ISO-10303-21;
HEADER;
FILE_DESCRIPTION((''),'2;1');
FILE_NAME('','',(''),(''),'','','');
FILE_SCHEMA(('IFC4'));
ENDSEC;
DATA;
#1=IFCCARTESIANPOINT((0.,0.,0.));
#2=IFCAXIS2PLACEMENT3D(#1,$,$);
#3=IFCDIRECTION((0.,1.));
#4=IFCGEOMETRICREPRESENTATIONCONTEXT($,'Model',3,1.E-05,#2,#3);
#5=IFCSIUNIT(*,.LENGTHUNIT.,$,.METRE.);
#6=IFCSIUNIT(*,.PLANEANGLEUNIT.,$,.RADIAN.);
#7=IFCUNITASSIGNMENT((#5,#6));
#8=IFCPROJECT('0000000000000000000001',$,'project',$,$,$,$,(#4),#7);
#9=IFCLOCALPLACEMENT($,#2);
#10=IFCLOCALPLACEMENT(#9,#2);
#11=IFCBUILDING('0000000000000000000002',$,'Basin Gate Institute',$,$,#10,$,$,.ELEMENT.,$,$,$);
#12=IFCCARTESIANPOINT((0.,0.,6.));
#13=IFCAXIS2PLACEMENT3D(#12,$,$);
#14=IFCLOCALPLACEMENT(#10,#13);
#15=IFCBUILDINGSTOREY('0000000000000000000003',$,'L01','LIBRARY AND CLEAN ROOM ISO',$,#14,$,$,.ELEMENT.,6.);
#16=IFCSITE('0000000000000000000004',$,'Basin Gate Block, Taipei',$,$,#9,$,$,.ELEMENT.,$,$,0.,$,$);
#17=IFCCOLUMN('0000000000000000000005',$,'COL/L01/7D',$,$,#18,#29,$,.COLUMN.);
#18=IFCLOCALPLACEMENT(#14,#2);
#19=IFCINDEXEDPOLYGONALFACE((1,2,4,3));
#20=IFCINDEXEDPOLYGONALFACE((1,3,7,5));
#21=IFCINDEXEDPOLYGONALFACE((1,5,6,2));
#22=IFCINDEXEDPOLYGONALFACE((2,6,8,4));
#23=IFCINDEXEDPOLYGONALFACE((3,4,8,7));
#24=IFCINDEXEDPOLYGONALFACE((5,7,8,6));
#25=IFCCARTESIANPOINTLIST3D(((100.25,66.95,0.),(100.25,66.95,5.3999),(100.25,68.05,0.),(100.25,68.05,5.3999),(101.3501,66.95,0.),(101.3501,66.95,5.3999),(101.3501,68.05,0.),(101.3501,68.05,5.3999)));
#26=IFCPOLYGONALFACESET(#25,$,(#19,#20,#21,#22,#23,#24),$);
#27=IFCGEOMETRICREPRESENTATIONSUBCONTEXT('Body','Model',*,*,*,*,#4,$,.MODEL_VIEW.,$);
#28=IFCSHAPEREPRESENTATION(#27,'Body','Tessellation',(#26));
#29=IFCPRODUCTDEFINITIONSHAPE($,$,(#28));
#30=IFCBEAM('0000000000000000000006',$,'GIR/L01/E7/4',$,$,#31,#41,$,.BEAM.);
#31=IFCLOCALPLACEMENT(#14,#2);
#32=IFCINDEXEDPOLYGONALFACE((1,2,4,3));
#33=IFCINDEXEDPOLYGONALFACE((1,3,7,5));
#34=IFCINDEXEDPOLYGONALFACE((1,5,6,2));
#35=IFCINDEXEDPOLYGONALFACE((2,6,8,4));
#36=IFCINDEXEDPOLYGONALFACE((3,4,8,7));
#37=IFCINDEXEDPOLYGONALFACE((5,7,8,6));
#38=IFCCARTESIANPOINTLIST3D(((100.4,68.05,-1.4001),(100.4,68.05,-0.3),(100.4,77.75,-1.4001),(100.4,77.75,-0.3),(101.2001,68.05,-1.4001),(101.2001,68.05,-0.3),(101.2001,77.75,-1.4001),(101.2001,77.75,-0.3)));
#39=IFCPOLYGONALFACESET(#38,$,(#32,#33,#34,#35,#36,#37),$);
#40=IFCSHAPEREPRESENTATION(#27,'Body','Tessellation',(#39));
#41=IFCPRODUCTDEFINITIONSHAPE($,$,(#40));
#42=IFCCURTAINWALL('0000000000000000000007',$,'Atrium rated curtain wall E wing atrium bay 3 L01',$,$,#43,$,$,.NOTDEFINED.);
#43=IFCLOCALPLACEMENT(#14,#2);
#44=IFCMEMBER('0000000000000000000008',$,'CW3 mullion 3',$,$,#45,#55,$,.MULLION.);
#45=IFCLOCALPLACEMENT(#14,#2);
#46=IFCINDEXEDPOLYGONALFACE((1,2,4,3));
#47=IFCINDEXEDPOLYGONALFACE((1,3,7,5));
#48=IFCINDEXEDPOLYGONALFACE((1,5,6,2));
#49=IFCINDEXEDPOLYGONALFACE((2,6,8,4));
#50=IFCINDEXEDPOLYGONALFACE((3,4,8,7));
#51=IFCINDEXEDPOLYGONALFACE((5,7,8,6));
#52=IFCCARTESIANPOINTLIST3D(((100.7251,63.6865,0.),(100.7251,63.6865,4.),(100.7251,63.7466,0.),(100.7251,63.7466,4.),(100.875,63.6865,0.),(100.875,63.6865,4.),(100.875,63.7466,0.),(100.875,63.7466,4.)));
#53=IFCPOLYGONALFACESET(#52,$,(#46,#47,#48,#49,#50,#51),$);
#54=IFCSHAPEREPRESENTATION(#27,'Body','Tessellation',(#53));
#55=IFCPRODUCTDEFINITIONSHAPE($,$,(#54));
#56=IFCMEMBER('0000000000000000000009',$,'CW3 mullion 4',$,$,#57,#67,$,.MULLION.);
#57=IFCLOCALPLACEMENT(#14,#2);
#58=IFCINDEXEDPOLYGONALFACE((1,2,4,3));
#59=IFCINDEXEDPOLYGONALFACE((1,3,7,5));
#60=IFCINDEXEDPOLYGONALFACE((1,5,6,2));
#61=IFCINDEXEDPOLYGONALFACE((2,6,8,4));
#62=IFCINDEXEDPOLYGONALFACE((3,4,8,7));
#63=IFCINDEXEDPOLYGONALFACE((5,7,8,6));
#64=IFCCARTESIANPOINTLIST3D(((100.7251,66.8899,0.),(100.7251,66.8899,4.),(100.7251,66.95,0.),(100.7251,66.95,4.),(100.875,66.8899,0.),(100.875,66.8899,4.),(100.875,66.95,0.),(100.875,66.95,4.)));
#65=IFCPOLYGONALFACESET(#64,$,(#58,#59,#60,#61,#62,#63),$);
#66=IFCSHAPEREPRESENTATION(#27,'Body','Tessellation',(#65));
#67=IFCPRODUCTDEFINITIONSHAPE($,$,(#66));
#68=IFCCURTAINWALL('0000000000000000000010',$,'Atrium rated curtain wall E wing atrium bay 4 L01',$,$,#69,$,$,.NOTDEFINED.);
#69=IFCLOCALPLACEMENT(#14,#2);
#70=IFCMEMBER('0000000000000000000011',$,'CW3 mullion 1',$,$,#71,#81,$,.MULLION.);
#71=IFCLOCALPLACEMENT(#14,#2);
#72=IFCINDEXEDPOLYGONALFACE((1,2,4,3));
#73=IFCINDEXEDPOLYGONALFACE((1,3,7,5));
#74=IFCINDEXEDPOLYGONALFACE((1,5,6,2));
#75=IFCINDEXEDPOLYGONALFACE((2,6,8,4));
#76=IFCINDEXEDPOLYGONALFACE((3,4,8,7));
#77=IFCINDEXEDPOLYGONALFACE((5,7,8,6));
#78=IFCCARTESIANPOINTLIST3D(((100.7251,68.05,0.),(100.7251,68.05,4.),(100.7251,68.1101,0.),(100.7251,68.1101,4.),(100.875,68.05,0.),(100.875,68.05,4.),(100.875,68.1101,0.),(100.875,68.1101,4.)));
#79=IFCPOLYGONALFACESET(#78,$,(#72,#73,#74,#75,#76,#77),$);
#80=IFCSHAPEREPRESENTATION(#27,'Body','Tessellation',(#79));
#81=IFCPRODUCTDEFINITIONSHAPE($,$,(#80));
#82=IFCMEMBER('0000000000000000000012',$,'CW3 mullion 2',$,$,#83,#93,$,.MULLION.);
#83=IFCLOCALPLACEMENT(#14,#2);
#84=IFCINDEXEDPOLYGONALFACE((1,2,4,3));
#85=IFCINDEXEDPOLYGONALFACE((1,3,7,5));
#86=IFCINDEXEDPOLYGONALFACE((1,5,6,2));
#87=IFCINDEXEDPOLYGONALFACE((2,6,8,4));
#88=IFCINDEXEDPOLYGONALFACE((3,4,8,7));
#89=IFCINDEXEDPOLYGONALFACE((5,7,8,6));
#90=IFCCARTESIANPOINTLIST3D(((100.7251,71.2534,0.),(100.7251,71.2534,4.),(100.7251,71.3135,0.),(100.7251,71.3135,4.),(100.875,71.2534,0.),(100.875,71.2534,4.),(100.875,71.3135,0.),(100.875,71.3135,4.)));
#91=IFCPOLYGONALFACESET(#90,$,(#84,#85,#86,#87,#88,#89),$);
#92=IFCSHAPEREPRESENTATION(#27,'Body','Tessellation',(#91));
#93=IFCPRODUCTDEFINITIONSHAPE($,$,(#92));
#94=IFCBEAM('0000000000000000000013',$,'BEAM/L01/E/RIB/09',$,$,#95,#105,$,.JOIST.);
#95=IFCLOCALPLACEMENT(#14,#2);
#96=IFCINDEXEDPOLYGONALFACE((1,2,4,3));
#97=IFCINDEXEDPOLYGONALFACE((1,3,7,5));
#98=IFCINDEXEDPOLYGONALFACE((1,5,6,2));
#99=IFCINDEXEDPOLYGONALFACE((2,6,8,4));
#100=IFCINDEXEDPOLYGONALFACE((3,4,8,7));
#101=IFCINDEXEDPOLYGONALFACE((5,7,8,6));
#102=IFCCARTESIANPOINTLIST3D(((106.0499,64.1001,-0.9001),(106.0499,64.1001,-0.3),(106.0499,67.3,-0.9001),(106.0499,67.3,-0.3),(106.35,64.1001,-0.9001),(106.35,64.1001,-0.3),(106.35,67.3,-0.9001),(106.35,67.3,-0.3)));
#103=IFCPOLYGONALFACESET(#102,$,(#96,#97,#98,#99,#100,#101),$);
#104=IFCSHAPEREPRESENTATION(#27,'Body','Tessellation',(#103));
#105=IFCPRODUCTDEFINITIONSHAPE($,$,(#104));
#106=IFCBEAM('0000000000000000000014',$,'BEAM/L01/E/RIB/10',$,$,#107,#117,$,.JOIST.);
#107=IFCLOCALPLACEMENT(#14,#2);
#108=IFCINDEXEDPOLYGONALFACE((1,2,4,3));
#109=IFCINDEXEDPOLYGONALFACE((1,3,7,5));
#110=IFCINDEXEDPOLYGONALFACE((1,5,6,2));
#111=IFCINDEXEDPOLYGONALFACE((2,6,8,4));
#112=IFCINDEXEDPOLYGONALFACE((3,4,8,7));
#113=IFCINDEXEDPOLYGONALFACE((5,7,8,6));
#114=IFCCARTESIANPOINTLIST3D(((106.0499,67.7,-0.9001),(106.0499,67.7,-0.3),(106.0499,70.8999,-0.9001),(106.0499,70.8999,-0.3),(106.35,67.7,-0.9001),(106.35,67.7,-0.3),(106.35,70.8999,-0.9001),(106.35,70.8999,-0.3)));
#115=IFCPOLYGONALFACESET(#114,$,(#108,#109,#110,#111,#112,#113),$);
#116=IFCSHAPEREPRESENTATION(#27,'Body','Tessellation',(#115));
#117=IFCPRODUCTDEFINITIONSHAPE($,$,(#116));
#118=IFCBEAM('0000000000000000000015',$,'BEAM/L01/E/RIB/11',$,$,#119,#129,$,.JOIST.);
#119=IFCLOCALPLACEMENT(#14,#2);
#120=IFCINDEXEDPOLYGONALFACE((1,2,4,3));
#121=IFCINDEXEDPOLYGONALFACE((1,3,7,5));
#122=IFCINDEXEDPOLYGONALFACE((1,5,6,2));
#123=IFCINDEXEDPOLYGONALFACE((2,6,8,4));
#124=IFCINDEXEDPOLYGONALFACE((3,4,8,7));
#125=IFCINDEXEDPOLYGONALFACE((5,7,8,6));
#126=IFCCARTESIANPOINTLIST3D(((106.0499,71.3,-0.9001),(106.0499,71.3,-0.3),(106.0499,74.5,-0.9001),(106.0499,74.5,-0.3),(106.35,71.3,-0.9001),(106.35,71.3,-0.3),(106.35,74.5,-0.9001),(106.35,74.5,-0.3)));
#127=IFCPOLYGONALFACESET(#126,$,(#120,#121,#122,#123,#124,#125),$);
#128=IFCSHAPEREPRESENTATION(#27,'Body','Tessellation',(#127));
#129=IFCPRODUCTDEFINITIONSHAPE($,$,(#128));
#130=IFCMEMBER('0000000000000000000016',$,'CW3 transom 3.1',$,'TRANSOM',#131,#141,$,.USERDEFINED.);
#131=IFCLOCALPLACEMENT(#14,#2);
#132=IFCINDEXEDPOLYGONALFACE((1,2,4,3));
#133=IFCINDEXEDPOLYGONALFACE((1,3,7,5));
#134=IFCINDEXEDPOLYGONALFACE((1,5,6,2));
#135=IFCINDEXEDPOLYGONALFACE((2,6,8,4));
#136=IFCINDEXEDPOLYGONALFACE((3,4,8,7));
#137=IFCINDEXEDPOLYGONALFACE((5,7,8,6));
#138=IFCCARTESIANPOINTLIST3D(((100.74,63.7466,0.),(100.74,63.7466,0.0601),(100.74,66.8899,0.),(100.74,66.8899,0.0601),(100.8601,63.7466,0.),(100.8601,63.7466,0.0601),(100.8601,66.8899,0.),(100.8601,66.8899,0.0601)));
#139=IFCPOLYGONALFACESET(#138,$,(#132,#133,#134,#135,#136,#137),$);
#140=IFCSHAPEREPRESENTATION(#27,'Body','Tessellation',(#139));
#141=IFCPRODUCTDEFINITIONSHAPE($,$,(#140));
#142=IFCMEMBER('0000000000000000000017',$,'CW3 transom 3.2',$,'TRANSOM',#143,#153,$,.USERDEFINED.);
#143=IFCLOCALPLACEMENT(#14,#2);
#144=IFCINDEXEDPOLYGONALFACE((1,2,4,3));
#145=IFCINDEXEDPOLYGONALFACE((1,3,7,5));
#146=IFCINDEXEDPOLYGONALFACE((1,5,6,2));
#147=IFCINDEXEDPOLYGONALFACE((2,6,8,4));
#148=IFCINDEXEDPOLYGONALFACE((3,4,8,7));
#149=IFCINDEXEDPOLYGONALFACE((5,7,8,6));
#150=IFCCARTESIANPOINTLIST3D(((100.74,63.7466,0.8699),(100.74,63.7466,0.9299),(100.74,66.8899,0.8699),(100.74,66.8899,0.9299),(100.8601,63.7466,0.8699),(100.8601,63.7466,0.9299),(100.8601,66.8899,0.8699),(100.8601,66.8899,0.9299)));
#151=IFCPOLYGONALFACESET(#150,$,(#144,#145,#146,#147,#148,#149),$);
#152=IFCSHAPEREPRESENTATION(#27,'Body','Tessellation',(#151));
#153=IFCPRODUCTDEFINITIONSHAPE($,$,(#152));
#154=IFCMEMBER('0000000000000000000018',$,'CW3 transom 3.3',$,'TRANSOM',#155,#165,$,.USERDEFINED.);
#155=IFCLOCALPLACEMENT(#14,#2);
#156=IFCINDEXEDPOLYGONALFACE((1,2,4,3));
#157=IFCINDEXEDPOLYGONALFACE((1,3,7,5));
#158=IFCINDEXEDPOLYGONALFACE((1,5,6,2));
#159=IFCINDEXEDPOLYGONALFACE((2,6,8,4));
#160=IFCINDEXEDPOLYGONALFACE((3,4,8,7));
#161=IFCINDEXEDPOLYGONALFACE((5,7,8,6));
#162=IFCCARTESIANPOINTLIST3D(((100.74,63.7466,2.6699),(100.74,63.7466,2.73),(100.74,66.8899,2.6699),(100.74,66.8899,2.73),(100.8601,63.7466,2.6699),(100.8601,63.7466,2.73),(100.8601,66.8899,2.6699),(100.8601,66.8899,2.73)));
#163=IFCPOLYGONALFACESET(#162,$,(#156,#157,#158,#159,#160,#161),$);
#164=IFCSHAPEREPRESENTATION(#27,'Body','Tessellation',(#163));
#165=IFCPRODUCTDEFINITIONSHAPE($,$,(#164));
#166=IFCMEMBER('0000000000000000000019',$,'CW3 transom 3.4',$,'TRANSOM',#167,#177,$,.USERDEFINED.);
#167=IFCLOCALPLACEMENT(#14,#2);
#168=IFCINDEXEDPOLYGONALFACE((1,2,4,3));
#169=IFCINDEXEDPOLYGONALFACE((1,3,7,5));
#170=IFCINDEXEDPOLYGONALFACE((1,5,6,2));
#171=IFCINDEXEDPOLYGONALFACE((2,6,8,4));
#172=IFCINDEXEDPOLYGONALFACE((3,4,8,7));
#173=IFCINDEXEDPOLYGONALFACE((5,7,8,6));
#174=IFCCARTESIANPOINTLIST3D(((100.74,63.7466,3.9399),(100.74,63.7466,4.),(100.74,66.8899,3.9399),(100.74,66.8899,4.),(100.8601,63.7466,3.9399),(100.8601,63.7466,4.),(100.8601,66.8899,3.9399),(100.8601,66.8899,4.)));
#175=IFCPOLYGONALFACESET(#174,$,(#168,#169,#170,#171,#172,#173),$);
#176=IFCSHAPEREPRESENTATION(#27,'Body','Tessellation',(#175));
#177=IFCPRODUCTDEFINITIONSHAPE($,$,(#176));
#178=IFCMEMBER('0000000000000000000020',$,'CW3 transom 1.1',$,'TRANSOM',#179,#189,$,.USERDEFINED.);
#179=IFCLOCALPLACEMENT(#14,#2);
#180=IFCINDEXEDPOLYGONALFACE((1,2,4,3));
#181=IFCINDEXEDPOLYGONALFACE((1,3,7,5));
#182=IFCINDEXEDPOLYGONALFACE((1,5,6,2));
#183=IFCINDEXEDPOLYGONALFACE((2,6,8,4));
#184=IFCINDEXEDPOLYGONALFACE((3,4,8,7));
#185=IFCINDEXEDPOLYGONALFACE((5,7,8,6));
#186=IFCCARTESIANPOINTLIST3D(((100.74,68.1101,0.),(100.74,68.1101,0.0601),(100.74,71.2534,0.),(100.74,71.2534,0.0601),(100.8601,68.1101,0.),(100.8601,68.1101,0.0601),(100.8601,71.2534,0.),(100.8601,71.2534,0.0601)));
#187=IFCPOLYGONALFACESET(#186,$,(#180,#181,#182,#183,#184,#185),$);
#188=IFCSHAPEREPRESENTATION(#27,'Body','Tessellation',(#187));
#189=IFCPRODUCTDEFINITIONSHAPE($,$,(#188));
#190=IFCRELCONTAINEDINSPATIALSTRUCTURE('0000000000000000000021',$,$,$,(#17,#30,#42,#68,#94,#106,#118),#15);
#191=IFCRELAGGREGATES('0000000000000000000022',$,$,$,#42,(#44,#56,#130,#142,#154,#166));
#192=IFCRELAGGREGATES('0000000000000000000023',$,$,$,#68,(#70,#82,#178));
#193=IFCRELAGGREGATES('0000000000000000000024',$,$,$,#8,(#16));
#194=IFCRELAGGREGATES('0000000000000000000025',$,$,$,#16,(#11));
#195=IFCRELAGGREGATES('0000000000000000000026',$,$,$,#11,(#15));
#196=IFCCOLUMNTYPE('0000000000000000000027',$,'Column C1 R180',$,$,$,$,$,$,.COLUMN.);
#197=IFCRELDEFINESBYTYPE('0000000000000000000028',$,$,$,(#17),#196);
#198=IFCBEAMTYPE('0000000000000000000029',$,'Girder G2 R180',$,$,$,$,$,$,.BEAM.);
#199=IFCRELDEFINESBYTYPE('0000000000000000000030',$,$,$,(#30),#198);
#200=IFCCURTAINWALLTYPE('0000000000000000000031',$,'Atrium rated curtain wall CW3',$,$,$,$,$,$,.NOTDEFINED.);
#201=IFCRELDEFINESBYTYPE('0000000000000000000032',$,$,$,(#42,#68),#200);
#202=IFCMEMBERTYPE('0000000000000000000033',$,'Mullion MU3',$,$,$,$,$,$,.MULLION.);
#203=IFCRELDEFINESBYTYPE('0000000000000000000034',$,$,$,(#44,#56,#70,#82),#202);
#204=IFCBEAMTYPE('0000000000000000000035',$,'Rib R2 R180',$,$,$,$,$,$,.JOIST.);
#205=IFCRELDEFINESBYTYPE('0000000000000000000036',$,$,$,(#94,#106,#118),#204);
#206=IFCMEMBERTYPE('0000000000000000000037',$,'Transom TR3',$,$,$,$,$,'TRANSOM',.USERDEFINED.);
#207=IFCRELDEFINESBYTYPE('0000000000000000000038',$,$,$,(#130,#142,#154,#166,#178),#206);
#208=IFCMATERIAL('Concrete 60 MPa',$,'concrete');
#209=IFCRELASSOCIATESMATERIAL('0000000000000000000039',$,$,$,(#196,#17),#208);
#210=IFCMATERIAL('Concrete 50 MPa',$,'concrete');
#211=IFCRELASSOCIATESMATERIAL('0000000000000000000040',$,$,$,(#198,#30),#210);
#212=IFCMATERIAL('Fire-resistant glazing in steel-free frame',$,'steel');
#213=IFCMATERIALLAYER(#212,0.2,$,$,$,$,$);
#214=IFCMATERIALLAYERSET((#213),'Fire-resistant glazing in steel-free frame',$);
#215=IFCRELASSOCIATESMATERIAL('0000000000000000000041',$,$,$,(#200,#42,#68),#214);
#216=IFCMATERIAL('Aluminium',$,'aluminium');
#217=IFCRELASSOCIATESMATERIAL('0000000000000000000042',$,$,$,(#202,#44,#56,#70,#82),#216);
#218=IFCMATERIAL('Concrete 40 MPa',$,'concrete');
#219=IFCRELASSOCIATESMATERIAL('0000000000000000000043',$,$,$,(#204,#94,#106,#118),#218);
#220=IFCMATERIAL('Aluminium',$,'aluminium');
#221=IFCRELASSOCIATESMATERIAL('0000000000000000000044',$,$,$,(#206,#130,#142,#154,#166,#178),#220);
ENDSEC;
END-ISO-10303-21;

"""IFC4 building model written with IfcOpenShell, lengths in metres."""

from ifc_helpers import new_model, si_unit, direction, frame, origin, origin_2d, place, context, subcontext, project, spatial, rectangle, extrude, material, layer, layer_set, material_profile, profile_set, type_object, element, aggregate, save


model = new_model("IFC4")

# Units and contexts
model_context = context("Model", 3, precision=1e-05, world=origin(), true_north=direction((0.0, 1.0)))
body_context = subcontext(model_context, "Body", "Model", "MODEL_VIEW")
ifc_project = project(units=[si_unit("LENGTHUNIT", "METRE"), si_unit("PLANEANGLEUNIT", "RADIAN")], contexts=[model_context])

# Site, building, storey
site_placement = place(None, origin())
site = spatial("IfcSite", under=ifc_project, at=site_placement, Name="Basin Gate Block, Taipei", CompositionType="ELEMENT", RefElevation=0.0)
building_placement = place(site_placement, origin())
building = spatial("IfcBuilding", under=site, at=building_placement, Name="Basin Gate Institute", CompositionType="ELEMENT")
storey_placement = place(building_placement, frame((0.0, 0.0, 6.0)))
storey = spatial("IfcBuildingStorey", under=building, at=storey_placement, Name="L01", Description="LIBRARY AND CLEAN ROOM ISO", CompositionType="ELEMENT", Elevation=6.0)

# Column
ifc_material_1 = material(Name="Concrete 60 MPa", Category="concrete")
ifc_material_profile_1 = material_profile(ifc_material_1, rectangle(XDim=1.1001, YDim=1.1001, at=origin_2d()), Name="Column C1 1100 x 1100")
ifc_profile_set_1 = profile_set([ifc_material_profile_1], Name="Concrete 60 MPa")
column_type = type_object("IfcColumnType", Name="Column C1 R180", PredefinedType="COLUMN", material=ifc_profile_set_1)
column_placement = place(storey_placement, frame((100.8, 67.5, 0.0), z_axis=(0.0, 0.0, 1.0), x_axis=(1.0, 0.0, 0.0)))
element("IfcColumn", 1, at=column_placement, inside=storey, type_object=column_type, material=ifc_profile_set_1, Name="COL/L01/7D", PredefinedType="COLUMN", context=body_context, shape_type="SweptSolid", body=[
    extrude(rectangle(XDim=1.1001, YDim=1.1001, at=origin_2d()), origin(), (0.0, 0.0, 1.0), 5.3999),
])

# Beam
ifc_material_2 = material(Name="Concrete 50 MPa", Category="concrete")
ifc_material_profile_2 = material_profile(ifc_material_2, rectangle(XDim=0.8, YDim=1.1001, at=origin_2d()), Name="Girder G2 800 x 1100")
ifc_profile_set_2 = profile_set([ifc_material_profile_2], Name="Concrete 50 MPa")
beam_type_1 = type_object("IfcBeamType", Name="Girder G2 R180", PredefinedType="BEAM", material=ifc_profile_set_2)
beam_placement = place(storey_placement, frame((100.8, 68.05, -0.8501), z_axis=(0.0, 1.0, 0.0), x_axis=(-1.0, 0.0, 0.0)))
element("IfcBeam", 2, at=beam_placement, inside=storey, type_object=beam_type_1, material=ifc_profile_set_2, Name="GIR/L01/E7/4", PredefinedType="BEAM", context=body_context, shape_type="SweptSolid", body=[
    extrude(rectangle(XDim=0.8, YDim=1.1001, at=origin_2d()), origin(), (0.0, 0.0, 1.0), 9.7),
])

# Curtain walls, members
ifc_material_3 = material(Name="Fire-resistant glazing in steel-free frame", Category="steel")
ifc_layer_1 = layer(ifc_material_3, 0.2)
ifc_layer_set_1 = layer_set([ifc_layer_1], Name="Fire-resistant glazing in steel-free frame")
curtain_wall_type = type_object("IfcCurtainWallType", Name="Atrium rated curtain wall CW3", PredefinedType="NOTDEFINED", material=ifc_layer_set_1)
curtain_wall_1_placement = place(storey_placement, origin())
curtain_wall_1 = element("IfcCurtainWall", 3, at=curtain_wall_1_placement, inside=storey, type_object=curtain_wall_type, material=ifc_layer_set_1, Name="Atrium rated curtain wall E wing atrium bay 3 L01", PredefinedType="NOTDEFINED")
ifc_material_4 = material(Name="Aluminium", Category="aluminium")
ifc_material_profile_3 = material_profile(ifc_material_4, rectangle(XDim=0.1499, YDim=0.0601, at=origin_2d()), Name="Mullion MU3 150 x 60")
ifc_profile_set_3 = profile_set([ifc_material_profile_3], Name="Aluminium")
member_type_1 = type_object("IfcMemberType", Name="Mullion MU3", PredefinedType="MULLION", material=ifc_profile_set_3)
member_1_placement = place(storey_placement, frame((100.8, 63.7166, 0.0), z_axis=(0.0, 0.0, 1.0), x_axis=(-1.0, 0.0, 0.0)))
member_1 = element("IfcMember", 4, at=member_1_placement, type_object=member_type_1, material=ifc_profile_set_3, Name="CW3 mullion 3", PredefinedType="MULLION", context=body_context, shape_type="SweptSolid", body=[
    extrude(rectangle(XDim=0.1499, YDim=0.0601, at=origin_2d()), origin(), (0.0, 0.0, 1.0), 4.0),
])
member_2_placement = place(storey_placement, frame((100.8, 66.9199, 0.0), z_axis=(0.0, 0.0, 1.0), x_axis=(-1.0, 0.0, 0.0)))
member_2 = element("IfcMember", 5, at=member_2_placement, type_object=member_type_1, material=ifc_profile_set_3, Name="CW3 mullion 4", PredefinedType="MULLION", context=body_context, shape_type="SweptSolid", body=[
    extrude(rectangle(XDim=0.1499, YDim=0.0601, at=origin_2d()), origin(), (0.0, 0.0, 1.0), 4.0),
])
curtain_wall_2_placement = place(storey_placement, origin())
curtain_wall_2 = element("IfcCurtainWall", 6, at=curtain_wall_2_placement, inside=storey, type_object=curtain_wall_type, material=ifc_layer_set_1, Name="Atrium rated curtain wall E wing atrium bay 4 L01", PredefinedType="NOTDEFINED")
member_3_placement = place(storey_placement, frame((100.8, 68.0801, 0.0), z_axis=(0.0, 0.0, 1.0), x_axis=(-1.0, 0.0, 0.0)))
member_3 = element("IfcMember", 7, at=member_3_placement, type_object=member_type_1, material=ifc_profile_set_3, Name="CW3 mullion 1", PredefinedType="MULLION", context=body_context, shape_type="SweptSolid", body=[
    extrude(rectangle(XDim=0.1499, YDim=0.0601, at=origin_2d()), origin(), (0.0, 0.0, 1.0), 4.0),
])
member_4_placement = place(storey_placement, frame((100.8, 71.2834, 0.0), z_axis=(0.0, 0.0, 1.0), x_axis=(-1.0, 0.0, 0.0)))
member_4 = element("IfcMember", 8, at=member_4_placement, type_object=member_type_1, material=ifc_profile_set_3, Name="CW3 mullion 2", PredefinedType="MULLION", context=body_context, shape_type="SweptSolid", body=[
    extrude(rectangle(XDim=0.1499, YDim=0.0601, at=origin_2d()), origin(), (0.0, 0.0, 1.0), 4.0),
])

# Beams
ifc_material_5 = material(Name="Concrete 40 MPa", Category="concrete")
ifc_material_profile_4 = material_profile(ifc_material_5, rectangle(XDim=0.3, YDim=0.6001, at=origin_2d()), Name="Rib R2 300 x 600")
ifc_profile_set_4 = profile_set([ifc_material_profile_4], Name="Concrete 40 MPa")
beam_type_2 = type_object("IfcBeamType", Name="Rib R2 R180", PredefinedType="JOIST", material=ifc_profile_set_4)
for number, where, z_axis, x_axis, name in (
    (9, (106.2, 64.1001, -0.6001), (0.0, 1.0, 0.0), (-1.0, 0.0, 0.0), "BEAM/L01/E/RIB/09"),
    (10, (106.2, 67.7, -0.6001), (0.0, 1.0, 0.0), (-1.0, 0.0, 0.0), "BEAM/L01/E/RIB/10"),
    (11, (106.2, 71.3, -0.6001), (0.0, 1.0, 0.0), (-1.0, 0.0, 0.0), "BEAM/L01/E/RIB/11"),
):
    element("IfcBeam", number, at=place(storey_placement, frame(where, z_axis=z_axis, x_axis=x_axis)), inside=storey, type_object=beam_type_2, material=ifc_profile_set_4, Name=name, PredefinedType="JOIST", context=body_context, shape_type="SweptSolid", body=[
        extrude(rectangle(XDim=0.3, YDim=0.6001, at=origin_2d()), origin(), (0.0, 0.0, 1.0), 3.2),
    ])

# Members
ifc_material_6 = material(Name="Aluminium", Category="aluminium")
ifc_material_profile_5 = material_profile(ifc_material_6, rectangle(XDim=0.1201, YDim=0.0601, at=origin_2d()), Name="Transom TR3 120 x 60")
ifc_profile_set_5 = profile_set([ifc_material_profile_5], Name="Aluminium")
member_type_2 = type_object("IfcMemberType", Name="Transom TR3", ElementType="TRANSOM", PredefinedType="USERDEFINED", material=ifc_profile_set_5)
member_5_placement = place(storey_placement, frame((100.8, 63.7466, 0.03), z_axis=(0.0, 1.0, 0.0), x_axis=(-1.0, 0.0, 0.0)))
member_5 = element("IfcMember", 12, at=member_5_placement, type_object=member_type_2, material=ifc_profile_set_5, Name="CW3 transom 3.1", ObjectType="TRANSOM", PredefinedType="USERDEFINED", context=body_context, shape_type="SweptSolid", body=[
    extrude(rectangle(XDim=0.1201, YDim=0.0601, at=origin_2d()), origin(), (0.0, 0.0, 1.0), 3.1433),
])
member_6_placement = place(storey_placement, frame((100.8, 63.7466, 0.8999), z_axis=(0.0, 1.0, 0.0), x_axis=(-1.0, 0.0, 0.0)))
member_6 = element("IfcMember", 13, at=member_6_placement, type_object=member_type_2, material=ifc_profile_set_5, Name="CW3 transom 3.2", ObjectType="TRANSOM", PredefinedType="USERDEFINED", context=body_context, shape_type="SweptSolid", body=[
    extrude(rectangle(XDim=0.1201, YDim=0.0601, at=origin_2d()), origin(), (0.0, 0.0, 1.0), 3.1433),
])
member_7_placement = place(storey_placement, frame((100.8, 63.7466, 2.7), z_axis=(0.0, 1.0, 0.0), x_axis=(-1.0, 0.0, 0.0)))
member_7 = element("IfcMember", 14, at=member_7_placement, type_object=member_type_2, material=ifc_profile_set_5, Name="CW3 transom 3.3", ObjectType="TRANSOM", PredefinedType="USERDEFINED", context=body_context, shape_type="SweptSolid", body=[
    extrude(rectangle(XDim=0.1201, YDim=0.0601, at=origin_2d()), origin(), (0.0, 0.0, 1.0), 3.1433),
])
member_8_placement = place(storey_placement, frame((100.8, 63.7466, 3.97), z_axis=(0.0, 1.0, 0.0), x_axis=(-1.0, 0.0, 0.0)))
member_8 = element("IfcMember", 15, at=member_8_placement, type_object=member_type_2, material=ifc_profile_set_5, Name="CW3 transom 3.4", ObjectType="TRANSOM", PredefinedType="USERDEFINED", context=body_context, shape_type="SweptSolid", body=[
    extrude(rectangle(XDim=0.1201, YDim=0.0601, at=origin_2d()), origin(), (0.0, 0.0, 1.0), 3.1433),
])
member_9_placement = place(storey_placement, frame((100.8, 68.1101, 0.03), z_axis=(0.0, 1.0, 0.0), x_axis=(-1.0, 0.0, 0.0)))
member_9 = element("IfcMember", 16, at=member_9_placement, type_object=member_type_2, material=ifc_profile_set_5, Name="CW3 transom 1.1", ObjectType="TRANSOM", PredefinedType="USERDEFINED", context=body_context, shape_type="SweptSolid", body=[
    extrude(rectangle(XDim=0.1201, YDim=0.0601, at=origin_2d()), origin(), (0.0, 0.0, 1.0), 3.1433),
])

aggregate(curtain_wall_1, [member_1, member_2, member_5, member_6, member_7, member_8])
aggregate(curtain_wall_2, [member_3, member_4, member_9])

save(model, "model.ifc")
